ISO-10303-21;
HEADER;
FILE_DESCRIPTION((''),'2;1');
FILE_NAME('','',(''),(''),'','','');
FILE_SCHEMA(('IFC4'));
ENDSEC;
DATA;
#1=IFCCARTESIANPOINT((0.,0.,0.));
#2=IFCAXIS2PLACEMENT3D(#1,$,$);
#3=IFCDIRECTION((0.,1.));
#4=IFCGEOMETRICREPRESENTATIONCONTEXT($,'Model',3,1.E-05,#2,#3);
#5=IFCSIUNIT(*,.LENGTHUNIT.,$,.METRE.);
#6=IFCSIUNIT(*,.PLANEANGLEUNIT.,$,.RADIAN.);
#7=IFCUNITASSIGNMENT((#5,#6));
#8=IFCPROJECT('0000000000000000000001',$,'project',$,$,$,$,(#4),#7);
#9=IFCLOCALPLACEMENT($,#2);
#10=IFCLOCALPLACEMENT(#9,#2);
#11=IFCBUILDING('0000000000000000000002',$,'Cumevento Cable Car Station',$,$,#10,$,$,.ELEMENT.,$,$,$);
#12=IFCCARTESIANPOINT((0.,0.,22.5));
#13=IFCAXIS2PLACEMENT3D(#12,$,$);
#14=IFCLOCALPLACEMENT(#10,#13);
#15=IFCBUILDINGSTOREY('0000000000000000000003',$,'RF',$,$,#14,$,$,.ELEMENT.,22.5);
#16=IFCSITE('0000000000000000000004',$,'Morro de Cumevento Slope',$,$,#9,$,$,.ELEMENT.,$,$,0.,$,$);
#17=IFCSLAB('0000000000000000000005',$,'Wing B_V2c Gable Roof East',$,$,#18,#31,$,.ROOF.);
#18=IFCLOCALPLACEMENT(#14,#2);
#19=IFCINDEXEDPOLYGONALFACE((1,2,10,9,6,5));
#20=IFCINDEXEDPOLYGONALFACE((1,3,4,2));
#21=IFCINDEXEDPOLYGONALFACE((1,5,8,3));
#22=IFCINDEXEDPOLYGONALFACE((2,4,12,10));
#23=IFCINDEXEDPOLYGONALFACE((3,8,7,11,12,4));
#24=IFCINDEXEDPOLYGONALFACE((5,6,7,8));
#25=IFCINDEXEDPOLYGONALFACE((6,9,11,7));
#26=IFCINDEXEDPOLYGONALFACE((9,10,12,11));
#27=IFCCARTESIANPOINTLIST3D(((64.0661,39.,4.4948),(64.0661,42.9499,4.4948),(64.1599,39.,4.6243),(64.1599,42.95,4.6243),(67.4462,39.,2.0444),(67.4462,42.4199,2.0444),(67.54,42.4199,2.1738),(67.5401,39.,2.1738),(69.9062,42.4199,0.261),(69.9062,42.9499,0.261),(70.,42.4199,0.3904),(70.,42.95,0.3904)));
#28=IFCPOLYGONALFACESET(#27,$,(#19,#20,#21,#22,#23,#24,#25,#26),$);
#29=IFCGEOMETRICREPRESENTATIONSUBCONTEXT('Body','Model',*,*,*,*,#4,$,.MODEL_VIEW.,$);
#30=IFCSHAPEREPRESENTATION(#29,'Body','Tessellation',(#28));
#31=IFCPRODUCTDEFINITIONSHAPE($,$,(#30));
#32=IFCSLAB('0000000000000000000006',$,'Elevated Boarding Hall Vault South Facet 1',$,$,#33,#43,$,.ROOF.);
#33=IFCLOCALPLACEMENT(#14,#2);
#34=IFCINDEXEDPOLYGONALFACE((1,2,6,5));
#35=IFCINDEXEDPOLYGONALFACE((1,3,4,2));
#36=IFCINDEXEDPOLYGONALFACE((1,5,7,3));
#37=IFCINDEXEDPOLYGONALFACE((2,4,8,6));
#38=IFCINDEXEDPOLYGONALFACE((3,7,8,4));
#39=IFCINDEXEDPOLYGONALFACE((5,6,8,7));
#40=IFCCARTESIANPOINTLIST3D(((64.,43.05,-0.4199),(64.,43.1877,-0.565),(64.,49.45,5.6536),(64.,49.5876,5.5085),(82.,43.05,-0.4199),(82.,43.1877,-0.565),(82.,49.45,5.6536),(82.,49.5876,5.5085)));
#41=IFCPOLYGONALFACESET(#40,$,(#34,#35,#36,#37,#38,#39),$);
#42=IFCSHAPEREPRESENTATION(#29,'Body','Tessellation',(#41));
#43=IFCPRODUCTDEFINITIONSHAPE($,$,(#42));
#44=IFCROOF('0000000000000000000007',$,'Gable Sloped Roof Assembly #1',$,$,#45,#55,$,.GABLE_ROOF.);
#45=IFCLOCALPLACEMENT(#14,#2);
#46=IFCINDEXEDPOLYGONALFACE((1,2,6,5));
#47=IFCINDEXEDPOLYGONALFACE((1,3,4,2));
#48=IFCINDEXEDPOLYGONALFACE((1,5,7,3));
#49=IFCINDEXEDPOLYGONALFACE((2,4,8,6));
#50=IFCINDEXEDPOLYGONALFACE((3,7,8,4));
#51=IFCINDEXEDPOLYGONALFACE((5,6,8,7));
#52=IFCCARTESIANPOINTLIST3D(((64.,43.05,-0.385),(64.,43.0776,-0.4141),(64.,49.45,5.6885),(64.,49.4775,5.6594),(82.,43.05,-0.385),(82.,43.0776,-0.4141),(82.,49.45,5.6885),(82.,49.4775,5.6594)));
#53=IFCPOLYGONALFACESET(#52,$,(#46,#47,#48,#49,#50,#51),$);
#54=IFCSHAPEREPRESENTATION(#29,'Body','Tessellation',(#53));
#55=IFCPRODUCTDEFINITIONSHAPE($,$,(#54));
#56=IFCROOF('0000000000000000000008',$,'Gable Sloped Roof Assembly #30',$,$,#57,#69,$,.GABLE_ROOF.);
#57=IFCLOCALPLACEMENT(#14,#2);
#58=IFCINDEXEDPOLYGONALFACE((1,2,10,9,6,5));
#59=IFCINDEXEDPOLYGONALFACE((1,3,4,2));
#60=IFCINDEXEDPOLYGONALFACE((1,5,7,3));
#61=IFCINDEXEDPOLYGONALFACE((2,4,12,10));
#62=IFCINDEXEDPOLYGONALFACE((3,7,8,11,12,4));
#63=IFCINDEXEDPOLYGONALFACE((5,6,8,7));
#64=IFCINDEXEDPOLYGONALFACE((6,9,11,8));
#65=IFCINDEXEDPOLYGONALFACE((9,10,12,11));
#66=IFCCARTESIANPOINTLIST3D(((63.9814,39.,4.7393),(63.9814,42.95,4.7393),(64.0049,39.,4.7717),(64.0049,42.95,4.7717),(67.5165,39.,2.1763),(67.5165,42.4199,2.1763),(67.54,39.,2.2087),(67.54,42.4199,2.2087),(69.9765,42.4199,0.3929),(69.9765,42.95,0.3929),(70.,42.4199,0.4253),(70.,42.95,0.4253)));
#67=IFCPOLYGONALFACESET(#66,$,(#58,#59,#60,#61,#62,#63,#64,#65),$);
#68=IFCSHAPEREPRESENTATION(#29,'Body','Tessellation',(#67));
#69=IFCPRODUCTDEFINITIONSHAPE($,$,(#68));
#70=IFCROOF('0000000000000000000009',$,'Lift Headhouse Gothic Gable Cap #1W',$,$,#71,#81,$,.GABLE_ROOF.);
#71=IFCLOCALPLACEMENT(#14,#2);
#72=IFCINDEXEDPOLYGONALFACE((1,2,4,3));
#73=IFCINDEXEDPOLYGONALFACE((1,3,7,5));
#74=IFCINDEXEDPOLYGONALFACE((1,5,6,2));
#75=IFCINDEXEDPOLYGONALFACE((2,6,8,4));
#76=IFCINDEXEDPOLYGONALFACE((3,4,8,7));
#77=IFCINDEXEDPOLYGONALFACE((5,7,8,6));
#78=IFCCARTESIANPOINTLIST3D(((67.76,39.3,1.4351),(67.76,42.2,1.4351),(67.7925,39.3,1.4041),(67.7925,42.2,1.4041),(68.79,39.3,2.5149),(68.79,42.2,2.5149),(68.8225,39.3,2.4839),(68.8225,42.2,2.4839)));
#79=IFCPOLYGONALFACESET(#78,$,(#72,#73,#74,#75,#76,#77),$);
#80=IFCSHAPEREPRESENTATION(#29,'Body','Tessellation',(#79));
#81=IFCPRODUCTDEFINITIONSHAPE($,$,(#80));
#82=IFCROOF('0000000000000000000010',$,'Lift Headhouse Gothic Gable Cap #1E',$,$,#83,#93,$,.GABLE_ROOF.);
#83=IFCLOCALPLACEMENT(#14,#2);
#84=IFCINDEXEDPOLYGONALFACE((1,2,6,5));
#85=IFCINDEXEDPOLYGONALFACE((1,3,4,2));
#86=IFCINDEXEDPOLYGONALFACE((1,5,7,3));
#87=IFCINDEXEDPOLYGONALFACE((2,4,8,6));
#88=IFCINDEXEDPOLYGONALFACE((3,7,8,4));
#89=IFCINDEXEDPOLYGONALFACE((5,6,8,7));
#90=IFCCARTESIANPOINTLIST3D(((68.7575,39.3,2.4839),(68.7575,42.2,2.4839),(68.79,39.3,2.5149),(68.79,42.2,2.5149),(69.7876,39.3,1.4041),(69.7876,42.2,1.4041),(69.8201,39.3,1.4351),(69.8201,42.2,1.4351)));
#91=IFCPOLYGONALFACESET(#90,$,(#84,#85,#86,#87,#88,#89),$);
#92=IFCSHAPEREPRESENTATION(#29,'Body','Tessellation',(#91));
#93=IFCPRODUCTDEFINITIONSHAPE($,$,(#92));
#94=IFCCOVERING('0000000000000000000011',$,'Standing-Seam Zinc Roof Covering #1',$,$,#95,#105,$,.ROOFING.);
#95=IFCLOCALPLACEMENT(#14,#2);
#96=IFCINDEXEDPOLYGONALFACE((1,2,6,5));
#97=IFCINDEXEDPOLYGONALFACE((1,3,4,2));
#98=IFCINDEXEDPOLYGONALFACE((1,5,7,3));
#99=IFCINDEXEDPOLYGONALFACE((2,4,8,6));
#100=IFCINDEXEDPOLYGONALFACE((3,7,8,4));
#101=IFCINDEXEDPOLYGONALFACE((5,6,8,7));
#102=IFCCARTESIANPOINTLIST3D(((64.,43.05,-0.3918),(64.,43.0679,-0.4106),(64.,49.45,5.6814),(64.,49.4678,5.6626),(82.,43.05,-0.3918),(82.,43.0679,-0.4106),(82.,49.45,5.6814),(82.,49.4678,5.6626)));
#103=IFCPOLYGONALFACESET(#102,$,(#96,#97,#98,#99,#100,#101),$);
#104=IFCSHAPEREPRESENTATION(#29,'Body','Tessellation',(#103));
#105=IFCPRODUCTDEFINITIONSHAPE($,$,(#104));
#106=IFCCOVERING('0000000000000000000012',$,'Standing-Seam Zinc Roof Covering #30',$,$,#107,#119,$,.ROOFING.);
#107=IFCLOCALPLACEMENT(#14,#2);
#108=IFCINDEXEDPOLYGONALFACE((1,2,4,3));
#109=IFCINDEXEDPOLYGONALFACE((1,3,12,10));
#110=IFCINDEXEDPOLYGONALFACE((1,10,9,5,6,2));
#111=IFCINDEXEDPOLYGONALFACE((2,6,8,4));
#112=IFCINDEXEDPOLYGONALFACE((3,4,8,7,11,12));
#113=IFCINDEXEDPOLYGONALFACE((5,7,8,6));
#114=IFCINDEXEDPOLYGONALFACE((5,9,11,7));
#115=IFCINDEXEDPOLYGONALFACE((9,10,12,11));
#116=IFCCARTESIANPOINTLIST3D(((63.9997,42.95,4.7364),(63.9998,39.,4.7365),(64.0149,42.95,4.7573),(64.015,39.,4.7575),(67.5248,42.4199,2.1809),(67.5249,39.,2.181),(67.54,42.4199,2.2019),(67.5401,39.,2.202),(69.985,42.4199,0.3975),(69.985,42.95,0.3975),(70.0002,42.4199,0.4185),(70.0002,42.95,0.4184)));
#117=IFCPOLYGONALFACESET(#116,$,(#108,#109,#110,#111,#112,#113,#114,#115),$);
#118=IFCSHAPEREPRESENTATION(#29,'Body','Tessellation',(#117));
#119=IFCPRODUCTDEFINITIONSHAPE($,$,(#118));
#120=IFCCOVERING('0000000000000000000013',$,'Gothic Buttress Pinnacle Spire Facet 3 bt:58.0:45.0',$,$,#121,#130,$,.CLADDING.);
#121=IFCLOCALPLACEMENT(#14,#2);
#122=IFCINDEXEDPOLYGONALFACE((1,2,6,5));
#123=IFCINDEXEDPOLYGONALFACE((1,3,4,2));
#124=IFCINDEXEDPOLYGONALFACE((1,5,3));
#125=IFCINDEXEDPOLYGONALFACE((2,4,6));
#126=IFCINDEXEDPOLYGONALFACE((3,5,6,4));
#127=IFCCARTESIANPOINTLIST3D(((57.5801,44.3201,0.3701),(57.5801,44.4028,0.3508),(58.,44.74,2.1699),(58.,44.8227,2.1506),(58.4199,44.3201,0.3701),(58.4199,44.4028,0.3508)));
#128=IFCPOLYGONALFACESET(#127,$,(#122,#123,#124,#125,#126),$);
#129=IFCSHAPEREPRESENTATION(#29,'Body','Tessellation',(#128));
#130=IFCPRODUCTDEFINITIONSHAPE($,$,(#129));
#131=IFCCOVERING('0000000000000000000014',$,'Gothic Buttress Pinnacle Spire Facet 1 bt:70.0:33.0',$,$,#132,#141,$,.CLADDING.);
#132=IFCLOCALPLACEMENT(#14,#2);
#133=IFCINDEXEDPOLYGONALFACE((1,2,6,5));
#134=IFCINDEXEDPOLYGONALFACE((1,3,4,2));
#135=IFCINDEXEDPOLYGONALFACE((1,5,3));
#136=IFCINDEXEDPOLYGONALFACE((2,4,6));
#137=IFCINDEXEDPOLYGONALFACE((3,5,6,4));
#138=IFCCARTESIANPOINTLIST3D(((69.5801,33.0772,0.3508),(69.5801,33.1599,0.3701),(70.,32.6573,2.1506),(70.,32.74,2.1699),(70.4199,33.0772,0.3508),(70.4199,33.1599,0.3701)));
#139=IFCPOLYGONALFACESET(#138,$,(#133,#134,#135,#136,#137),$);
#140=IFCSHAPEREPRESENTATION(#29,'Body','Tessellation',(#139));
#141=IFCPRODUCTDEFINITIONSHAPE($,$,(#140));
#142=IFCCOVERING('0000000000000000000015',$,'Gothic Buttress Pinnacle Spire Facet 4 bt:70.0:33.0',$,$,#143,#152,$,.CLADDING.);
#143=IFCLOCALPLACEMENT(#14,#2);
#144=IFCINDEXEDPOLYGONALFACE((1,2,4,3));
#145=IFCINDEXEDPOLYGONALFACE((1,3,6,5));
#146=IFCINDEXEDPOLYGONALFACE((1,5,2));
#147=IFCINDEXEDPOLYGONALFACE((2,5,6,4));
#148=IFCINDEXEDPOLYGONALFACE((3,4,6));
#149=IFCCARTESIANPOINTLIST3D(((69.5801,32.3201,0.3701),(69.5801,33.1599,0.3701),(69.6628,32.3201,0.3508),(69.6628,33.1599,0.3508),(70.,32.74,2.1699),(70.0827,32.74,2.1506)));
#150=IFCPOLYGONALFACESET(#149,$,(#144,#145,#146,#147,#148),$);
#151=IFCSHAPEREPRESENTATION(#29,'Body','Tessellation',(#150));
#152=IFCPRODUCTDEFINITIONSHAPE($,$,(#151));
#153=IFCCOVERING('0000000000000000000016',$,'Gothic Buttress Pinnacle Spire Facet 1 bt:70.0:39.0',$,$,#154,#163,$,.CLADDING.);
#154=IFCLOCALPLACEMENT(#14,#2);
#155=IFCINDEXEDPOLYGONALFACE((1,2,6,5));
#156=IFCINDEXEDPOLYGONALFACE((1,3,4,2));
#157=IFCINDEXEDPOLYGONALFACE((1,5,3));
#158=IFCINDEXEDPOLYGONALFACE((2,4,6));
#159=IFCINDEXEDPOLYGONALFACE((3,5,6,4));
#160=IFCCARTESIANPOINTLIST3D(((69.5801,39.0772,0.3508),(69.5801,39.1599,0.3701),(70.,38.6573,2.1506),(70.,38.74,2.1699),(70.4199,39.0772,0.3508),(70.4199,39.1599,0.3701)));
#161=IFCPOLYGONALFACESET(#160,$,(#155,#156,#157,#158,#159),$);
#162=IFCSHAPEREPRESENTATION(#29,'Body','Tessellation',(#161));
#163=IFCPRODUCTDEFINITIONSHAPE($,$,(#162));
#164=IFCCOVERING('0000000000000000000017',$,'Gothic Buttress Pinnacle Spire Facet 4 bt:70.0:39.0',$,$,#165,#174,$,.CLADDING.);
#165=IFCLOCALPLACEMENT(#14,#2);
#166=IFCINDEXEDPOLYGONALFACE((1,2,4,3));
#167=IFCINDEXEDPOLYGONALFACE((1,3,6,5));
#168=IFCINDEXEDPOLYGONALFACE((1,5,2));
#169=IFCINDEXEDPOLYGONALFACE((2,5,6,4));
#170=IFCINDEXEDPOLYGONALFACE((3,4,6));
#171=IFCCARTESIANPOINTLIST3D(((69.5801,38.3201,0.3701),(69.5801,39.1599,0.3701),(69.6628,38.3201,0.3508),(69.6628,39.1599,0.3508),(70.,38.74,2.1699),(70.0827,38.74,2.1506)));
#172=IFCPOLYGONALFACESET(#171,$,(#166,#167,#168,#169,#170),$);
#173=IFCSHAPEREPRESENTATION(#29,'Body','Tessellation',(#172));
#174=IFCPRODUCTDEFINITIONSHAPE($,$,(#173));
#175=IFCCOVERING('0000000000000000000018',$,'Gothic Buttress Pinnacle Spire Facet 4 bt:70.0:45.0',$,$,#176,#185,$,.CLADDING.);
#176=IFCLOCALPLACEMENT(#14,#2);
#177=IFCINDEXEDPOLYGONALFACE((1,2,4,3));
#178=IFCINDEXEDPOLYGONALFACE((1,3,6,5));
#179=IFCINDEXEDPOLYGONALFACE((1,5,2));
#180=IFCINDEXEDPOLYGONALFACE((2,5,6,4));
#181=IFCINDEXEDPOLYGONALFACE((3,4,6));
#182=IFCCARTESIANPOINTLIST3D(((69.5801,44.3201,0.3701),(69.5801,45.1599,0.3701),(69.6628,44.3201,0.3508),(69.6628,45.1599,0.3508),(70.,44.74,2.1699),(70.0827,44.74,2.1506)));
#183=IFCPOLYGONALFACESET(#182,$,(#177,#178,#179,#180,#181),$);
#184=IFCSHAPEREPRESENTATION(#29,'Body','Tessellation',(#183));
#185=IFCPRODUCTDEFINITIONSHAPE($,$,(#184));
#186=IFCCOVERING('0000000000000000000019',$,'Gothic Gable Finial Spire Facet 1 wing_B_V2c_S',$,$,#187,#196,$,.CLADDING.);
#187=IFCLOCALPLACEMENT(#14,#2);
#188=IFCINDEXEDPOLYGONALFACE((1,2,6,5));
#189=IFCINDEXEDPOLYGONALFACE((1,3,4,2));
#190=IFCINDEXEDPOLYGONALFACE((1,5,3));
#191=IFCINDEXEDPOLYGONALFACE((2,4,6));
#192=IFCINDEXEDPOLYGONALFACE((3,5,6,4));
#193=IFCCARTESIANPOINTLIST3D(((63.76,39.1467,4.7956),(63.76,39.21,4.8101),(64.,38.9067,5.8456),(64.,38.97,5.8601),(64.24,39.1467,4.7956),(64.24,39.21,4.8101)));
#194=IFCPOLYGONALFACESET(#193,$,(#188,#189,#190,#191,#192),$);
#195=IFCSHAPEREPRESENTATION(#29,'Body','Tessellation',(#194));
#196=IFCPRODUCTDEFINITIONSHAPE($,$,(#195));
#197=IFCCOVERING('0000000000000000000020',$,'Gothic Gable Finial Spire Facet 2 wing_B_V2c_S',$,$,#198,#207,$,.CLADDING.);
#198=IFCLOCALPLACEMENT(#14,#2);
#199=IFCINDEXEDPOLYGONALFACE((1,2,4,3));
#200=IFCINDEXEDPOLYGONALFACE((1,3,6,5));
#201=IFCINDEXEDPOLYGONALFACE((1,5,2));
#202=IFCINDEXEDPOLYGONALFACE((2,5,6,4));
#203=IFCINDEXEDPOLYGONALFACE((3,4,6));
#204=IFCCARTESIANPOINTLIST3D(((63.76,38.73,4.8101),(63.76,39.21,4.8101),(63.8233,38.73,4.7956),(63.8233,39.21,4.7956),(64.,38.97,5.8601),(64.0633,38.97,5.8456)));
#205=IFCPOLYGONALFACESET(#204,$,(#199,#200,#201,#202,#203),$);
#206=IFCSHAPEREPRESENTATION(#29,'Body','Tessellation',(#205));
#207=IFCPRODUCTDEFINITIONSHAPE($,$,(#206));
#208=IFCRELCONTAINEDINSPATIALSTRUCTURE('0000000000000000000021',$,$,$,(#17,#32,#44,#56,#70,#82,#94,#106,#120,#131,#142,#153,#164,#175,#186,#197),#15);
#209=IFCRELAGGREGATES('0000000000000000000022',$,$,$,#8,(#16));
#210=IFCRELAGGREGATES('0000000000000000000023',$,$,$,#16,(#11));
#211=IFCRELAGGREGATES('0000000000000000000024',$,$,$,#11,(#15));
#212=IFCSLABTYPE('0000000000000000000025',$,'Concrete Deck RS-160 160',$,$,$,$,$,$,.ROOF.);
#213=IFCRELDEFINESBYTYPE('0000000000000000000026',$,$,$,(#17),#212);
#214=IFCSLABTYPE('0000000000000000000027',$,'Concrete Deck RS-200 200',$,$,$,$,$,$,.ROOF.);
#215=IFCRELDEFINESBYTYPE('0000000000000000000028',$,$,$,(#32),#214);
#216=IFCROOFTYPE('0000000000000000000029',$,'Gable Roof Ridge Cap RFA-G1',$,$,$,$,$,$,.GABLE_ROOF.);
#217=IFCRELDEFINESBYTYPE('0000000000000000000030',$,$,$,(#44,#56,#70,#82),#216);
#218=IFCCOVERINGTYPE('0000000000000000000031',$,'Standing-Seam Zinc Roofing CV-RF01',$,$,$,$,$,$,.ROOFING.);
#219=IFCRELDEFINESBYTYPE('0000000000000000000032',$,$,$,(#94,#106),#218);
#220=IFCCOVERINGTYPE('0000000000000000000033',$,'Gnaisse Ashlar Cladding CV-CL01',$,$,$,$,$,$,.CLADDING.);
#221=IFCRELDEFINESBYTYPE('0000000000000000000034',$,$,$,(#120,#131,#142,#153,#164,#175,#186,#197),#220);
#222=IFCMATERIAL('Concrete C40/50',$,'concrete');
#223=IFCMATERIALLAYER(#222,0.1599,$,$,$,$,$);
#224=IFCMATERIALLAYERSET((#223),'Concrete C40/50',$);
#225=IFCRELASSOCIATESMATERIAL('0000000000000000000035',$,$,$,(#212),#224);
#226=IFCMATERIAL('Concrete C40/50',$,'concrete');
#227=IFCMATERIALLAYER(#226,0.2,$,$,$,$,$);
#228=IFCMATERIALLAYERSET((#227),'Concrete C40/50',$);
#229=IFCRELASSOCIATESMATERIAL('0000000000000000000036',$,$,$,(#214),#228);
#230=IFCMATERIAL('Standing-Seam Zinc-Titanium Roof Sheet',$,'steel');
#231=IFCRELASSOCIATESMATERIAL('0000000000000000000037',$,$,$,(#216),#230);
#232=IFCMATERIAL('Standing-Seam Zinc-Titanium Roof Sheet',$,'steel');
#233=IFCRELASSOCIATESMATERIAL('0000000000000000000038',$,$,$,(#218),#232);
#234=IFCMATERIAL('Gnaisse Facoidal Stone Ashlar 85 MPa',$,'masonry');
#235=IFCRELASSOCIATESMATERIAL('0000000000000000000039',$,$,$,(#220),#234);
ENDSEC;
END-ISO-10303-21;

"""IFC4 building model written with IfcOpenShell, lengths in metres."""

from ifc_helpers import new_model, si_unit, direction, frame, origin, place, context, subcontext, project, spatial, polyline, outline, extrude, material, layer, layer_set, type_object, element, save


model = new_model("IFC4")

# Units and contexts
model_context = context("Model", 3, precision=1e-05, world=origin(), true_north=direction((0.0, 1.0)))
body_context = subcontext(model_context, "Body", "Model", "MODEL_VIEW")
ifc_project = project(units=[si_unit("LENGTHUNIT", "METRE"), si_unit("PLANEANGLEUNIT", "RADIAN")], contexts=[model_context])

# Site, building, storey
site_placement = place(None, origin())
site = spatial("IfcSite", under=ifc_project, at=site_placement, Name="Morro de Cumevento Slope", CompositionType="ELEMENT", RefElevation=0.0)
building_placement = place(site_placement, origin())
building = spatial("IfcBuilding", under=site, at=building_placement, Name="Cumevento Cable Car Station", CompositionType="ELEMENT")
storey_placement = place(building_placement, frame((0.0, 0.0, 22.5)))
storey = spatial("IfcBuildingStorey", under=building, at=storey_placement, Name="RF", CompositionType="ELEMENT", Elevation=22.5)

# Slabs
ifc_material_1 = material(Name="Concrete C40/50", Category="concrete")
ifc_layer_1 = layer(ifc_material_1, 0.1599)
ifc_layer_set_1 = layer_set([ifc_layer_1], Name="Concrete C40/50")
slab_type_1 = type_object("IfcSlabType", Name="Concrete Deck RS-160 160", PredefinedType="ROOF", material=ifc_layer_set_1)
slab_1_placement = place(storey_placement, frame((64.1599, 42.95, 4.6243), z_axis=(0.586945, 0.000008, 0.809627), x_axis=(0.000005, -1.0, 0.000007)))
element("IfcSlab", 1, at=slab_1_placement, inside=storey, type_object=slab_type_1, Name="Wing B_V2c Gable Roof East", PredefinedType="ROOF", context=body_context, shape_type="SweptSolid", body=[
    extrude(outline(polyline([(0.0, 0.0), (3.95, 0.0), (3.95, 4.1749), (0.53, 4.1749), (0.53, 7.2134), (0.0, 7.2134), (0.0, 0.0)])), origin(), (0.0, 0.0, -1.0), 0.1599),
])
ifc_material_2 = material(Name="Concrete C40/50", Category="concrete")
ifc_layer_2 = layer(ifc_material_2, 0.2)
ifc_layer_set_2 = layer_set([ifc_layer_2], Name="Concrete C40/50")
slab_type_2 = type_object("IfcSlabType", Name="Concrete Deck RS-200 200", PredefinedType="ROOF", material=ifc_layer_set_2)
slab_2_placement = place(storey_placement, frame((64.0, 43.05, -0.4199), z_axis=(0.0, -0.688367, 0.725363), x_axis=(1.0, 0.0, 0.0)))
element("IfcSlab", 2, at=slab_2_placement, inside=storey, type_object=slab_type_2, Name="Elevated Boarding Hall Vault South Facet 1", PredefinedType="ROOF", context=body_context, shape_type="SweptSolid", body=[
    extrude(outline(polyline([(0.0, 0.0), (18.0, 0.0), (18.0, 8.823), (0.0, 8.823), (0.0, 0.0)])), origin(), (0.0, 0.0, -1.0), 0.2),
])

# Roofs
ifc_material_3 = material(Name="Standing-Seam Zinc-Titanium Roof Sheet", Category="steel")
roof_type = type_object("IfcRoofType", Name="Gable Roof Ridge Cap RFA-G1", PredefinedType="GABLE_ROOF", material=ifc_material_3)
roof_1_placement = place(storey_placement, frame((64.0, 43.05, -0.385), z_axis=(0.0, -0.688367, 0.725363), x_axis=(1.0, 0.0, 0.0)))
element("IfcRoof", 3, at=roof_1_placement, inside=storey, type_object=roof_type, Name="Gable Sloped Roof Assembly #1", PredefinedType="GABLE_ROOF", context=body_context, shape_type="SweptSolid", body=[
    extrude(outline(polyline([(0.0, 0.0), (18.0, 0.0), (18.0, 8.823), (0.0, 8.823), (0.0, 0.0)])), origin(), (0.0, 0.0, -1.0), 0.04),
])
roof_2_placement = place(storey_placement, frame((64.0049, 42.95, 4.7717), z_axis=(0.586967, -0.000002, 0.809611), x_axis=(-0.000001, -1.0, -0.000002)))
element("IfcRoof", 4, at=roof_2_placement, inside=storey, type_object=roof_type, Name="Gable Sloped Roof Assembly #30", PredefinedType="GABLE_ROOF", context=body_context, shape_type="SweptSolid", body=[
    extrude(outline(polyline([(0.0, 0.0), (3.95, 0.0), (3.95, 4.3665), (0.53, 4.3665), (0.53, 7.4049), (0.0, 7.4049), (0.0, 0.0)])), origin(), (0.0, 0.0, -1.0), 0.04),
])
for number, where, z_axis, x_axis, name in (
    (5, (67.76, 42.2, 1.4351), (-0.723597, 0.0, 0.690223), (0.0, -1.0, 0.0), "Lift Headhouse Gothic Gable Cap #1W"),
    (6, (68.79, 42.2, 2.5149), (0.723597, 0.0, 0.690223), (0.0, -1.0, 0.0), "Lift Headhouse Gothic Gable Cap #1E"),
):
    element("IfcRoof", number, at=place(storey_placement, frame(where, z_axis=z_axis, x_axis=x_axis)), inside=storey, type_object=roof_type, Name=name, PredefinedType="GABLE_ROOF", context=body_context, shape_type="SweptSolid", body=[
        extrude(outline(polyline([(0.0, 0.0), (2.8999, 0.0), (2.8999, 1.4923), (0.0, 1.4923), (0.0, 0.0)])), origin(), (0.0, 0.0, -1.0), 0.0449),
    ])

# Coverings
ifc_material_4 = material(Name="Standing-Seam Zinc-Titanium Roof Sheet", Category="steel")
covering_type_1 = type_object("IfcCoveringType", Name="Standing-Seam Zinc Roofing CV-RF01", PredefinedType="ROOFING", material=ifc_material_4)
covering_1_placement = place(storey_placement, frame((64.0, 43.05, -0.3918), z_axis=(0.0, -0.688352, 0.725377), x_axis=(1.0, 0.0, 0.0)))
element("IfcCovering", 7, at=covering_1_placement, inside=storey, type_object=covering_type_1, Name="Standing-Seam Zinc Roof Covering #1", PredefinedType="ROOFING", context=body_context, shape_type="SweptSolid", body=[
    extrude(outline(polyline([(0.0, 0.0), (18.0, 0.0), (18.0, 8.8229), (0.0, 8.8229), (0.0, 0.0)])), origin(), (0.0, 0.0, -1.0), 0.0259),
])
covering_2_placement = place(storey_placement, frame((64.0149, 42.95, 4.7573), z_axis=(0.586929, 0.000041, 0.809639), x_axis=(0.000024, -1.0, 0.000033)))
element("IfcCovering", 8, at=covering_2_placement, inside=storey, type_object=covering_type_1, Name="Standing-Seam Zinc Roof Covering #30", PredefinedType="ROOFING", context=body_context, shape_type="SweptSolid", body=[
    extrude(outline(polyline([(0.0, 0.0), (3.95, 0.0), (3.95, 4.3539), (0.53, 4.3539), (0.53, 7.3925), (0.0, 7.3925), (0.0, 0.0)])), origin(), (0.0, 0.0, -1.0), 0.0259),
])
ifc_material_5 = material(Name="Gnaisse Facoidal Stone Ashlar 85 MPa", Category="masonry")
covering_type_2 = type_object("IfcCoveringType", Name="Gnaisse Ashlar Cladding CV-CL01", PredefinedType="CLADDING", material=ifc_material_5)
for number, where, z_axis, x_axis, name in (
    (9, (58.4199, 44.3201, 0.3701), (0.0, -0.973845, 0.227213), (-1.0, 0.0, 0.0), "Gothic Buttress Pinnacle Spire Facet 3 bt:58.0:45.0"),
    (10, (69.5801, 33.1599, 0.3701), (0.0, 0.973845, 0.227213), (1.0, 0.0, 0.0), "Gothic Buttress Pinnacle Spire Facet 1 bt:70.0:33.0"),
    (11, (69.5801, 32.3201, 0.3701), (-0.973845, 0.0, 0.227213), (0.0, 1.0, 0.0), "Gothic Buttress Pinnacle Spire Facet 4 bt:70.0:33.0"),
    (12, (69.5801, 39.1599, 0.3701), (0.0, 0.973845, 0.227213), (1.0, 0.0, 0.0), "Gothic Buttress Pinnacle Spire Facet 1 bt:70.0:39.0"),
    (13, (69.5801, 38.3201, 0.3701), (-0.973845, 0.0, 0.227213), (0.0, 1.0, 0.0), "Gothic Buttress Pinnacle Spire Facet 4 bt:70.0:39.0"),
    (14, (69.5801, 44.3201, 0.3701), (-0.973845, 0.0, 0.227213), (0.0, 1.0, 0.0), "Gothic Buttress Pinnacle Spire Facet 4 bt:70.0:45.0"),
):
    element("IfcCovering", number, at=place(storey_placement, frame(where, z_axis=z_axis, x_axis=x_axis)), inside=storey, type_object=covering_type_2, Name=name, PredefinedType="CLADDING", context=body_context, shape_type="SweptSolid", body=[
        extrude(outline(polyline([(0.0, 0.0), (0.8398, 0.0), (0.4199, -1.8481), (0.0, 0.0)])), origin(), (0.0, 0.0, -1.0), 0.085),
    ])
for number, where, z_axis, x_axis, name in (
    (15, (64.24, 39.21, 4.8101), (0.0, 0.974863, 0.222806), (-1.0, 0.0, 0.0), "Gothic Gable Finial Spire Facet 1 wing_B_V2c_S"),
    (16, (63.76, 39.21, 4.8101), (-0.974863, 0.0, 0.222806), (0.0, -1.0, 0.0), "Gothic Gable Finial Spire Facet 2 wing_B_V2c_S"),
):
    element("IfcCovering", number, at=place(storey_placement, frame(where, z_axis=z_axis, x_axis=x_axis)), inside=storey, type_object=covering_type_2, Name=name, PredefinedType="CLADDING", context=body_context, shape_type="SweptSolid", body=[
        extrude(outline(polyline([(0.0, 0.0), (0.48, 0.0), (0.24, 1.0771), (0.0, 0.0)])), origin(), (0.0, 0.0, -1.0), 0.0649),
    ])

save(model, "model.ifc")
